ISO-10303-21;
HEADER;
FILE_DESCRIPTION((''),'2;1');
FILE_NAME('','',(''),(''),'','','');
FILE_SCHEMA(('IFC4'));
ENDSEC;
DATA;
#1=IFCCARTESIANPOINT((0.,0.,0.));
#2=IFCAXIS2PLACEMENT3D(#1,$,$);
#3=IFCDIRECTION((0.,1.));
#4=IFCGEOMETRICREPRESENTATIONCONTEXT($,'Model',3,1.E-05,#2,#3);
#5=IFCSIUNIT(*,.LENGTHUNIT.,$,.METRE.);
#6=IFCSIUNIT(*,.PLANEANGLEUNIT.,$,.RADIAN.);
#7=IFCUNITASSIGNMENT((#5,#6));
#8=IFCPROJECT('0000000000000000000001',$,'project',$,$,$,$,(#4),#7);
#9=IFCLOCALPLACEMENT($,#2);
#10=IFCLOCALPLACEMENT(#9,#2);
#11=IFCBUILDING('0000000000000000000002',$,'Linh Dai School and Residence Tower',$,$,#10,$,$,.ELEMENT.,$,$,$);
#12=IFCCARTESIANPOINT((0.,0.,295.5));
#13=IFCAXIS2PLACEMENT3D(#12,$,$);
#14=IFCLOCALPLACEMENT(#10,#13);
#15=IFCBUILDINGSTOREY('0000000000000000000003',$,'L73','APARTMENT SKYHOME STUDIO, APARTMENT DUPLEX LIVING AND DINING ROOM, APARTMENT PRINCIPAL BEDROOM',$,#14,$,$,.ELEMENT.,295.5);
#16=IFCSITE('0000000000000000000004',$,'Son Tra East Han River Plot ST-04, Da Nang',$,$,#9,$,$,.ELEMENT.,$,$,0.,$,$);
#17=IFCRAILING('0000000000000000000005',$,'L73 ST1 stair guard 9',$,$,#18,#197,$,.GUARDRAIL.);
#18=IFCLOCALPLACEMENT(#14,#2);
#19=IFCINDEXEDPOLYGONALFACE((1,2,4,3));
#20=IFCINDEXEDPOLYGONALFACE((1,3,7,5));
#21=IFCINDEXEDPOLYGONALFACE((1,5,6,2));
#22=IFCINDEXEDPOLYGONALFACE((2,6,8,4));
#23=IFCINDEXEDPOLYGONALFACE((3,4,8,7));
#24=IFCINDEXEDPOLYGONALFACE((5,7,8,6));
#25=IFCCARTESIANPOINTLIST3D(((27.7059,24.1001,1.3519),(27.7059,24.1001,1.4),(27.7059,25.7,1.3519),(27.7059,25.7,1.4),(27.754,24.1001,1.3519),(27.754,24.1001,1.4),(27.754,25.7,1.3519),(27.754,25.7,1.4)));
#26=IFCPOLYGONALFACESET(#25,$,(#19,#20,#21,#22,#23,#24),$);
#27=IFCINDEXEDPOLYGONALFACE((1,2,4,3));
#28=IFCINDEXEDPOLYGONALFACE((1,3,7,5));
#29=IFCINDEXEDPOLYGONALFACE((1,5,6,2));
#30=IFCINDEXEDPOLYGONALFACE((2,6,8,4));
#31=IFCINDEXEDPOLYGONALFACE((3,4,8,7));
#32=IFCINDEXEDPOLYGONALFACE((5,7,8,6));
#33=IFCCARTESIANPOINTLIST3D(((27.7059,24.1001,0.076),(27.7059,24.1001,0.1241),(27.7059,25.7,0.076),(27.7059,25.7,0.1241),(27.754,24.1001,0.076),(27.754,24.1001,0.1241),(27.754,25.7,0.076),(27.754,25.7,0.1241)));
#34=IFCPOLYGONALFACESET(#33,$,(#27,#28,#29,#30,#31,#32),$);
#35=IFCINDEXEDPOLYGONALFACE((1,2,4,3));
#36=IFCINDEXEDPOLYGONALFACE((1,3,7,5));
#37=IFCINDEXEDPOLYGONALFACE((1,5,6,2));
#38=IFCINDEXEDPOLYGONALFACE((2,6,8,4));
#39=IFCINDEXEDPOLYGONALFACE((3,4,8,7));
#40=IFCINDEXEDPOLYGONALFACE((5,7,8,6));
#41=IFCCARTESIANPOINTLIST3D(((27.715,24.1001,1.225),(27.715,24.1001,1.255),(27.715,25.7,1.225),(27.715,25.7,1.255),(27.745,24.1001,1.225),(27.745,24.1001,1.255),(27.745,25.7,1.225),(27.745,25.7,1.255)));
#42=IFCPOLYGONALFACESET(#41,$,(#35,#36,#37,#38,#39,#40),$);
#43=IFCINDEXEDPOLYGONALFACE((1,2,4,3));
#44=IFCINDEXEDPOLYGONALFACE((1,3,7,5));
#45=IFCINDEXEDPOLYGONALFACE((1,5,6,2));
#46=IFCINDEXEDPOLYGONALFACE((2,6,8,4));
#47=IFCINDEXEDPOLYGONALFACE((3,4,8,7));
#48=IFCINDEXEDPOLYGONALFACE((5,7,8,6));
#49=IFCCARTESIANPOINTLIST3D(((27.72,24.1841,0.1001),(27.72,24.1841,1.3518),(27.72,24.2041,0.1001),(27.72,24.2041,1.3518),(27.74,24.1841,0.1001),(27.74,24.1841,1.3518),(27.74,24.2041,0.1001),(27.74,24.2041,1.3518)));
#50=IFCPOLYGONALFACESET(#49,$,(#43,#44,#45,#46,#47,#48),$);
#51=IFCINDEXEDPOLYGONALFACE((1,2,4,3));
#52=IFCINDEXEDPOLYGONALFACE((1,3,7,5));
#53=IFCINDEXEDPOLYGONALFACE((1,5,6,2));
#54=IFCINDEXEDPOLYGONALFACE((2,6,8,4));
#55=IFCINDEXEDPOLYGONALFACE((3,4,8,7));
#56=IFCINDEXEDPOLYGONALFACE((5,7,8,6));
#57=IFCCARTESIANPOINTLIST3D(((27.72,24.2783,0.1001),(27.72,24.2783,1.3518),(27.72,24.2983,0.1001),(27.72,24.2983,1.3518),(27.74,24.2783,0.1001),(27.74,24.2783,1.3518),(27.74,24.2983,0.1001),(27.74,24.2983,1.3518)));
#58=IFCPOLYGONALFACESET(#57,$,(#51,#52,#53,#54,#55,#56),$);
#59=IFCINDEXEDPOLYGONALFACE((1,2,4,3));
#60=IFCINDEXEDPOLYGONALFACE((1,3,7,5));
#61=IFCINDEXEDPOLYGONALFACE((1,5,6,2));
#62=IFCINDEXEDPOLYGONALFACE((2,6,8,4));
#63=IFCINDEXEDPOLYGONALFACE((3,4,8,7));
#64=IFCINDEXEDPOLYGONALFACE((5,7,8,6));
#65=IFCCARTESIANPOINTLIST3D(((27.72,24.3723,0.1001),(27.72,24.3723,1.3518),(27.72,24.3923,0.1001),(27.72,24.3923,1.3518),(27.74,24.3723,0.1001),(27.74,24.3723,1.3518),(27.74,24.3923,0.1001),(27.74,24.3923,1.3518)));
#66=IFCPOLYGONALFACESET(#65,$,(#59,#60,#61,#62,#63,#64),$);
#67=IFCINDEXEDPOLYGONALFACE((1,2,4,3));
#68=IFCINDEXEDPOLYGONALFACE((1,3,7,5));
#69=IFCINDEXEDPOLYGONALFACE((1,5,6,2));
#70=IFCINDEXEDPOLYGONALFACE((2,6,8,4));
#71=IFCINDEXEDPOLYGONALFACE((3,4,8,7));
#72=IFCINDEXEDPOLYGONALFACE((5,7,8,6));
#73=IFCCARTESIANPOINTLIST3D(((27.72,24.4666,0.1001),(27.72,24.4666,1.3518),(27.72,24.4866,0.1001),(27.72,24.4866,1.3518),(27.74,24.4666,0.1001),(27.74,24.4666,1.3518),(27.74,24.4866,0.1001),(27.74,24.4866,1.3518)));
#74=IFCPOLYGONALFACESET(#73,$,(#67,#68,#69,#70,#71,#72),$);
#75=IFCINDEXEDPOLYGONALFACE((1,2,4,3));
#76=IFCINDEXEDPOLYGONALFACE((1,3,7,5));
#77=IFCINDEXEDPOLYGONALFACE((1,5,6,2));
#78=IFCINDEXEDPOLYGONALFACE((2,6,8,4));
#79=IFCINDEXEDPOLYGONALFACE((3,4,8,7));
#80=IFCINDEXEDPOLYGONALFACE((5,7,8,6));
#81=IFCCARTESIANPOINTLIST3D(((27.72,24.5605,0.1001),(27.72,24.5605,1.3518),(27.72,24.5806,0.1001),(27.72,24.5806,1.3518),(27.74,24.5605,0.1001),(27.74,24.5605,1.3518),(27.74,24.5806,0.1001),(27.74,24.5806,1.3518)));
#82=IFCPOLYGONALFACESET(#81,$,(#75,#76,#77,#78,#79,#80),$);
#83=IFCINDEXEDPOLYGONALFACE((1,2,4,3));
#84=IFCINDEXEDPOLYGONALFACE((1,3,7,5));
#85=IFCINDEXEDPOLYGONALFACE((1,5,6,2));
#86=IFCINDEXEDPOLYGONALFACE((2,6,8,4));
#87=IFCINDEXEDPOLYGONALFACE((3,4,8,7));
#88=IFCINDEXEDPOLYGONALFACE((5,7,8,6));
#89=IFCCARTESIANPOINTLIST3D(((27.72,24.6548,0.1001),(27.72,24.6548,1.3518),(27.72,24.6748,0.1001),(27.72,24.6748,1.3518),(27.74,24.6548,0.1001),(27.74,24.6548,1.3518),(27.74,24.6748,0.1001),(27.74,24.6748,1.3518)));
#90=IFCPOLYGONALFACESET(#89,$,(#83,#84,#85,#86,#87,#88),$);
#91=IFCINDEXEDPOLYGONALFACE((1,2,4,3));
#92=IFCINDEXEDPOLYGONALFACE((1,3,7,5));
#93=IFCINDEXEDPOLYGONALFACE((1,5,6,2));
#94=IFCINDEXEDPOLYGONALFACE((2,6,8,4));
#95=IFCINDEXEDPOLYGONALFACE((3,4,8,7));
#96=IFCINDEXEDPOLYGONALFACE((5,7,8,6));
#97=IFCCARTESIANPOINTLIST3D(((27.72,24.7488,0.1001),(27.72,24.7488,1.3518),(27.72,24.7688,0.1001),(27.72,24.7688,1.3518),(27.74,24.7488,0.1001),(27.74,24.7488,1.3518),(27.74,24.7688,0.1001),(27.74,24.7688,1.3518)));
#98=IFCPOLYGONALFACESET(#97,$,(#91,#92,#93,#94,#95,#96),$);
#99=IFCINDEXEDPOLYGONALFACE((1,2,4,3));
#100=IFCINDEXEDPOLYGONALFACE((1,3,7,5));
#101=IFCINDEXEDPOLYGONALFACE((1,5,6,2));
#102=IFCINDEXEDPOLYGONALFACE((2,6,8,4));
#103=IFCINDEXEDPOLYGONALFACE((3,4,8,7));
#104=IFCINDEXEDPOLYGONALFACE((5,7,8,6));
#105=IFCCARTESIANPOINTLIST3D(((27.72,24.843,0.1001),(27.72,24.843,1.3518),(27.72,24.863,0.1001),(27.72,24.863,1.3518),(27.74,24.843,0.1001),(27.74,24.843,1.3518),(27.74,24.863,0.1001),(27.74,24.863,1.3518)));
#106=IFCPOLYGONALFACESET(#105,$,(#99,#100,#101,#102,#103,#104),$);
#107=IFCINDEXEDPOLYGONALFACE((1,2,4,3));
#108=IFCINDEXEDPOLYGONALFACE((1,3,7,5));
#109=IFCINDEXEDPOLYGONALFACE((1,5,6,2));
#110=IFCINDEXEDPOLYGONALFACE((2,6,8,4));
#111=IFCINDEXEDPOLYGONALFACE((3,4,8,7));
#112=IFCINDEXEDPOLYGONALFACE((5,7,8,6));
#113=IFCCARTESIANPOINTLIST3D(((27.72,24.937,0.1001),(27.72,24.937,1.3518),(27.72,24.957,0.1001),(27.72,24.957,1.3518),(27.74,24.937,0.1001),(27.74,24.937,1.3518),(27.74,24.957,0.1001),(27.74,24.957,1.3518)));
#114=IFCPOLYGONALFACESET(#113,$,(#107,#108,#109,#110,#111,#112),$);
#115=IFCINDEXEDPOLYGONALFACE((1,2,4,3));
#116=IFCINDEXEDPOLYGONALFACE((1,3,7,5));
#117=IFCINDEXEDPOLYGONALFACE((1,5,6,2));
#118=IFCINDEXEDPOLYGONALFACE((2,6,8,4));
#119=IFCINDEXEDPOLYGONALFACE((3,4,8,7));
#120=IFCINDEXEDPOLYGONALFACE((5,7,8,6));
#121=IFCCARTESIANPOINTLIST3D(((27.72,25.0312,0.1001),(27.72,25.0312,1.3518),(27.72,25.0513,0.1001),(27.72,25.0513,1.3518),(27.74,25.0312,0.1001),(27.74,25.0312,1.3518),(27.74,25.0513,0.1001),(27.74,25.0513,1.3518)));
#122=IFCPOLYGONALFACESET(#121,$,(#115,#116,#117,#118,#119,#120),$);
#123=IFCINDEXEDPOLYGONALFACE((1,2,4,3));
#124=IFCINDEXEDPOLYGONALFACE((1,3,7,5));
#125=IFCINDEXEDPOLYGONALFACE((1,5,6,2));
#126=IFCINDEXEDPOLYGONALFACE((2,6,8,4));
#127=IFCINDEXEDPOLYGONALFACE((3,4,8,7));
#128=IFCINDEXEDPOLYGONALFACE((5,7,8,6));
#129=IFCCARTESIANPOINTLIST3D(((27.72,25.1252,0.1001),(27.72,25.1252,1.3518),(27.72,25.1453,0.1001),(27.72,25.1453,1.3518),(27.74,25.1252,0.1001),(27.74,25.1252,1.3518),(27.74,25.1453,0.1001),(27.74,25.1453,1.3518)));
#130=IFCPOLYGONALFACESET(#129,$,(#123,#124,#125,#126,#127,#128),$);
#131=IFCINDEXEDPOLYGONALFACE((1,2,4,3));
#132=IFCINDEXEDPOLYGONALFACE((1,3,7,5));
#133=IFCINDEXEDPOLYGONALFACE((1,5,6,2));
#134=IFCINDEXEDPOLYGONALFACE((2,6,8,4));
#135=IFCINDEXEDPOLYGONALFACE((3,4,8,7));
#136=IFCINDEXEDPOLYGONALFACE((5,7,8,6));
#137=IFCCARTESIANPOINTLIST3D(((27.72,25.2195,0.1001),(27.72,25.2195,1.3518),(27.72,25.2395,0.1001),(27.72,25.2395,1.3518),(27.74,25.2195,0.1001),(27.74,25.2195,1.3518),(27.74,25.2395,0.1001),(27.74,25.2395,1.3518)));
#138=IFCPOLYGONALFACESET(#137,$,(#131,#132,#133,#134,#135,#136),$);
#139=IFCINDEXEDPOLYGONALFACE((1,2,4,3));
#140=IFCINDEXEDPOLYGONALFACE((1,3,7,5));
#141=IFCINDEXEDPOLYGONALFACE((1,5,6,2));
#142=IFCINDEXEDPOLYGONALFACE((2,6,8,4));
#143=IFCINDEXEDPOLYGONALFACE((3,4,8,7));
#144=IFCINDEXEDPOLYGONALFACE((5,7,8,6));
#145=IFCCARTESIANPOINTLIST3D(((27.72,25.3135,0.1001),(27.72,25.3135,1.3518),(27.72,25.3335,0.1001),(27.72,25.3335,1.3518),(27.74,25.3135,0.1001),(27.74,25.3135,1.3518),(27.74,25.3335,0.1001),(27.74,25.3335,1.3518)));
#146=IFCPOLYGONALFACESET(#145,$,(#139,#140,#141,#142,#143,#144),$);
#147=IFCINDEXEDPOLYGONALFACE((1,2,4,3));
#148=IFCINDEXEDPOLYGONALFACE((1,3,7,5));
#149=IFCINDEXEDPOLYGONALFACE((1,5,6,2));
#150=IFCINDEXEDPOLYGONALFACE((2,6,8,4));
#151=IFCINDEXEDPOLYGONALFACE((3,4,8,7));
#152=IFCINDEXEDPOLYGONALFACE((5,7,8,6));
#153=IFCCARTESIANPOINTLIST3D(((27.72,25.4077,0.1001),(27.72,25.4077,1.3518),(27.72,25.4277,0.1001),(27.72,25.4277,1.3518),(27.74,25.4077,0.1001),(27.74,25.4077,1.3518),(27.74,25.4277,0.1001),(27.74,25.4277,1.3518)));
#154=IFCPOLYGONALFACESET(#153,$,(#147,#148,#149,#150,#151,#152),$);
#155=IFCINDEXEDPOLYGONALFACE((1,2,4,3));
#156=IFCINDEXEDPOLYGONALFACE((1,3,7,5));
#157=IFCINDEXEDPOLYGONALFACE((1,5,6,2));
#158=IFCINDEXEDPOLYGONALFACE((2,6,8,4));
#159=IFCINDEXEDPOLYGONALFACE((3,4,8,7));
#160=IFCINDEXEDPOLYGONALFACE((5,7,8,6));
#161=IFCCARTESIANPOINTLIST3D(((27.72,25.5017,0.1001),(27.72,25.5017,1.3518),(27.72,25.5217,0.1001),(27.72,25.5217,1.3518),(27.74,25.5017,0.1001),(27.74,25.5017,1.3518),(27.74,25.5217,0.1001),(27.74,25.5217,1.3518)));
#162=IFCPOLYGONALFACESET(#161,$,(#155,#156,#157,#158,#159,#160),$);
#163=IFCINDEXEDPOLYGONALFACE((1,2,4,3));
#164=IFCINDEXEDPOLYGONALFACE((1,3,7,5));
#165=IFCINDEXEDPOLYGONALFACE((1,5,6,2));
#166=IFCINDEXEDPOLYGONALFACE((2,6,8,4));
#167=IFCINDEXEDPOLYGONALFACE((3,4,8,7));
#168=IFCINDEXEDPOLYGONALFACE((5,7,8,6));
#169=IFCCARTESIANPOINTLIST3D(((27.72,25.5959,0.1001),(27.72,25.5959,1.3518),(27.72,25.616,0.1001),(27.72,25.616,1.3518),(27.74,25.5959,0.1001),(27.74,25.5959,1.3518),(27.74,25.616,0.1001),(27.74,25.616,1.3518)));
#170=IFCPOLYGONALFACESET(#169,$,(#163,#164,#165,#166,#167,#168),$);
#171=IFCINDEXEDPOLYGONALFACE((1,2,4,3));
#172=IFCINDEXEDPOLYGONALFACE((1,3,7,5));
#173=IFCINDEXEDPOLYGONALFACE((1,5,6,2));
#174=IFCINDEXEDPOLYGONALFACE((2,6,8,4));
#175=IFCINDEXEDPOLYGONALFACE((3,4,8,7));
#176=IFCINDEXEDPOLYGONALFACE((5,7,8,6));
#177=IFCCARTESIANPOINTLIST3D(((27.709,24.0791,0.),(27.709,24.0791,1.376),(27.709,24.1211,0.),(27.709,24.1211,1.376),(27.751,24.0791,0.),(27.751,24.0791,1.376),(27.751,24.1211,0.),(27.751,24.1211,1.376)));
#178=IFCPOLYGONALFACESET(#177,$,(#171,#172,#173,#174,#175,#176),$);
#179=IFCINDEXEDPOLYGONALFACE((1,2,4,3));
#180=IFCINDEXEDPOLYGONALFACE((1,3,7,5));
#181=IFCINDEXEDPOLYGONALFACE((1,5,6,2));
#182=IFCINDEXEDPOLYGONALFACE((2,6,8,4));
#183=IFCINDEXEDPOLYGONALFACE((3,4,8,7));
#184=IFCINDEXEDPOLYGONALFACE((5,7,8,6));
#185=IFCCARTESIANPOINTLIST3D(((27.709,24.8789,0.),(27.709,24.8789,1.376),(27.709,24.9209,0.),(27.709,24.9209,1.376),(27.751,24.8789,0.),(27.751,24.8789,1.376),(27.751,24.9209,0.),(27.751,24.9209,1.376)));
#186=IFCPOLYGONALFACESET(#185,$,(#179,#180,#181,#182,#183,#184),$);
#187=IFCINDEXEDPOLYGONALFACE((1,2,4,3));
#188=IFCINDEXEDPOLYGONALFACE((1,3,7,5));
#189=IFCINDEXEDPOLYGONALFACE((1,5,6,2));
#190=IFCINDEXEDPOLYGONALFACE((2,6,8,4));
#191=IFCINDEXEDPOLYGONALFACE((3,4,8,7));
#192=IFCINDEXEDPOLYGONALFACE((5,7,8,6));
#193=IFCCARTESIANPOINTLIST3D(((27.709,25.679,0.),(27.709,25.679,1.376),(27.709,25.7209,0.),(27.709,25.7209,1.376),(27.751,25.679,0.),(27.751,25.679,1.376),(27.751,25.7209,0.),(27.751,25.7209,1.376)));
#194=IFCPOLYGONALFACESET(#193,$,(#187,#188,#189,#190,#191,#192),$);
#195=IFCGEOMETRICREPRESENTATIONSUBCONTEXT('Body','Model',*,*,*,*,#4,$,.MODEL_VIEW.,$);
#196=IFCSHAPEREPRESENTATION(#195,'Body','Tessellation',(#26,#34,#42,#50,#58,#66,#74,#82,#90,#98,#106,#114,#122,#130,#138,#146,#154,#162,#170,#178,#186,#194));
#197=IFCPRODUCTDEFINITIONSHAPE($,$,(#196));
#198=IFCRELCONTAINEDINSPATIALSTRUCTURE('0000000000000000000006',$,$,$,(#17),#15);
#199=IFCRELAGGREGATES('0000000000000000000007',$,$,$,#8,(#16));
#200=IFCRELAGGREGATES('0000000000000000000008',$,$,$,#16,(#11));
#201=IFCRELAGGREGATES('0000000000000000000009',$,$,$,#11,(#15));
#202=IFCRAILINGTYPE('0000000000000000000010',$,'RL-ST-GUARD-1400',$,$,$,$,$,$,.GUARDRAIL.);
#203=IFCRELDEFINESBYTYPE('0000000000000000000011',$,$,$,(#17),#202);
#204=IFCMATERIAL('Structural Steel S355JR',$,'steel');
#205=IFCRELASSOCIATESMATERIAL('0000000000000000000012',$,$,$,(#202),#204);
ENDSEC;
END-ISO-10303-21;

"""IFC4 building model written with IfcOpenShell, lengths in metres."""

from ifc_helpers import new_model, si_unit, direction, frame, origin, origin_2d, place, context, subcontext, project, spatial, rectangle, extrude, source, transform, mapped, material, type_object, element, save


model = new_model("IFC4")

# Units and contexts
model_context = context("Model", 3, precision=1e-05, world=origin(), true_north=direction((0.0, 1.0)))
body_context = subcontext(model_context, "Body", "Model", "MODEL_VIEW")
ifc_project = project(units=[si_unit("LENGTHUNIT", "METRE"), si_unit("PLANEANGLEUNIT", "RADIAN")], contexts=[model_context])

# Site, building, storey
site_placement = place(None, origin())
site = spatial("IfcSite", under=ifc_project, at=site_placement, Name="Son Tra East Han River Plot ST-04, Da Nang", CompositionType="ELEMENT", RefElevation=0.0)
building_placement = place(site_placement, origin())
building = spatial("IfcBuilding", under=site, at=building_placement, Name="Linh Dai School and Residence Tower", CompositionType="ELEMENT")
storey_placement = place(building_placement, frame((0.0, 0.0, 295.5)))
storey = spatial("IfcBuildingStorey", under=building, at=storey_placement, Name="L73", Description="APARTMENT SKYHOME STUDIO, APARTMENT DUPLEX LIVING AND DINING ROOM, APARTMENT PRINCIPAL BEDROOM", CompositionType="ELEMENT", Elevation=295.5)

# Shared definitions
ifc_material_1 = material(Name="Structural Steel S355JR", Category="steel")

# Railing
railing_type_1 = type_object("IfcRailingType", Name="RL-ST-GUARD-1400", PredefinedType="GUARDRAIL", material=ifc_material_1)
shared_shape_1 = source(origin(), body_context, "Body", "SweptSolid", [
    extrude(rectangle(XDim=0.0481, YDim=0.0481, at=origin_2d()), frame((0.0, 0.0, 1.376), z_axis=(0.0, 1.0, 0.0), x_axis=(-1.0, 0.0, 0.0)), (0.0, 0.0, 1.0), 1.5999),
    extrude(rectangle(XDim=0.0481, YDim=0.0481, at=origin_2d()), frame((0.0, 0.0, 0.1001), z_axis=(0.0, 1.0, 0.0), x_axis=(-1.0, 0.0, 0.0)), (0.0, 0.0, 1.0), 1.5999),
    extrude(rectangle(XDim=0.03, YDim=0.03, at=origin_2d()), frame((0.0, 0.0, 1.24), z_axis=(0.0, 1.0, 0.0), x_axis=(-1.0, 0.0, 0.0)), (0.0, 0.0, 1.0), 1.5999),
    extrude(rectangle(XDim=0.02, YDim=0.02, at=origin_2d()), frame((0.0, 0.094, 0.1001)), (0.0, 0.0, 1.0), 1.2517),
    extrude(rectangle(XDim=0.02, YDim=0.02, at=origin_2d()), frame((0.0, 0.1882, 0.1001)), (0.0, 0.0, 1.0), 1.2517),
    extrude(rectangle(XDim=0.02, YDim=0.02, at=origin_2d()), frame((0.0, 0.2822, 0.1001)), (0.0, 0.0, 1.0), 1.2517),
    extrude(rectangle(XDim=0.02, YDim=0.02, at=origin_2d()), frame((0.0, 0.3765, 0.1001)), (0.0, 0.0, 1.0), 1.2517),
    extrude(rectangle(XDim=0.02, YDim=0.02, at=origin_2d()), frame((0.0, 0.4705, 0.1001)), (0.0, 0.0, 1.0), 1.2517),
    extrude(rectangle(XDim=0.02, YDim=0.02, at=origin_2d()), frame((0.0, 0.5647, 0.1001)), (0.0, 0.0, 1.0), 1.2517),
    extrude(rectangle(XDim=0.02, YDim=0.02, at=origin_2d()), frame((0.0, 0.6587, 0.1001)), (0.0, 0.0, 1.0), 1.2517),
    extrude(rectangle(XDim=0.02, YDim=0.02, at=origin_2d()), frame((0.0, 0.7529, 0.1001)), (0.0, 0.0, 1.0), 1.2517),
    extrude(rectangle(XDim=0.02, YDim=0.02, at=origin_2d()), frame((0.0, 0.8469, 0.1001)), (0.0, 0.0, 1.0), 1.2517),
    extrude(rectangle(XDim=0.02, YDim=0.02, at=origin_2d()), frame((0.0, 0.9412, 0.1001)), (0.0, 0.0, 1.0), 1.2517),
    extrude(rectangle(XDim=0.02, YDim=0.02, at=origin_2d()), frame((0.0, 1.0352, 0.1001)), (0.0, 0.0, 1.0), 1.2517),
    extrude(rectangle(XDim=0.02, YDim=0.02, at=origin_2d()), frame((0.0, 1.1294, 0.1001)), (0.0, 0.0, 1.0), 1.2517),
    extrude(rectangle(XDim=0.02, YDim=0.02, at=origin_2d()), frame((0.0, 1.2234, 0.1001)), (0.0, 0.0, 1.0), 1.2517),
    extrude(rectangle(XDim=0.02, YDim=0.02, at=origin_2d()), frame((0.0, 1.3176, 0.1001)), (0.0, 0.0, 1.0), 1.2517),
    extrude(rectangle(XDim=0.02, YDim=0.02, at=origin_2d()), frame((0.0, 1.4116, 0.1001)), (0.0, 0.0, 1.0), 1.2517),
    extrude(rectangle(XDim=0.02, YDim=0.02, at=origin_2d()), frame((0.0, 1.5059, 0.1001)), (0.0, 0.0, 1.0), 1.2517),
    extrude(rectangle(XDim=0.042, YDim=0.042, at=origin_2d()), origin(), (0.0, 0.0, 1.0), 1.376),
    extrude(rectangle(XDim=0.042, YDim=0.042, at=origin_2d()), frame((0.0, 0.7998, 0.0)), (0.0, 0.0, 1.0), 1.376),
    extrude(rectangle(XDim=0.042, YDim=0.042, at=origin_2d()), frame((0.0, 1.5999, 0.0)), (0.0, 0.0, 1.0), 1.376),
])
for number, where, name in (
    (1, (27.73, 24.1001, 0.0), "L73 ST1 stair guard 9"),
):
    element("IfcRailing", number, at=place(storey_placement, frame(where)), inside=storey, type_object=railing_type_1, Name=name, PredefinedType="GUARDRAIL", context=body_context, shape_type="MappedRepresentation", body=[
        mapped(shared_shape_1, transform((0.0, 0.0, 0.0), x_axis=(1.0, 0.0, 0.0), y_axis=(0.0, 1.0, 0.0), z_axis=(0.0, 0.0, 1.0), scale=1.0)),
    ])

save(model, "model.ifc")
